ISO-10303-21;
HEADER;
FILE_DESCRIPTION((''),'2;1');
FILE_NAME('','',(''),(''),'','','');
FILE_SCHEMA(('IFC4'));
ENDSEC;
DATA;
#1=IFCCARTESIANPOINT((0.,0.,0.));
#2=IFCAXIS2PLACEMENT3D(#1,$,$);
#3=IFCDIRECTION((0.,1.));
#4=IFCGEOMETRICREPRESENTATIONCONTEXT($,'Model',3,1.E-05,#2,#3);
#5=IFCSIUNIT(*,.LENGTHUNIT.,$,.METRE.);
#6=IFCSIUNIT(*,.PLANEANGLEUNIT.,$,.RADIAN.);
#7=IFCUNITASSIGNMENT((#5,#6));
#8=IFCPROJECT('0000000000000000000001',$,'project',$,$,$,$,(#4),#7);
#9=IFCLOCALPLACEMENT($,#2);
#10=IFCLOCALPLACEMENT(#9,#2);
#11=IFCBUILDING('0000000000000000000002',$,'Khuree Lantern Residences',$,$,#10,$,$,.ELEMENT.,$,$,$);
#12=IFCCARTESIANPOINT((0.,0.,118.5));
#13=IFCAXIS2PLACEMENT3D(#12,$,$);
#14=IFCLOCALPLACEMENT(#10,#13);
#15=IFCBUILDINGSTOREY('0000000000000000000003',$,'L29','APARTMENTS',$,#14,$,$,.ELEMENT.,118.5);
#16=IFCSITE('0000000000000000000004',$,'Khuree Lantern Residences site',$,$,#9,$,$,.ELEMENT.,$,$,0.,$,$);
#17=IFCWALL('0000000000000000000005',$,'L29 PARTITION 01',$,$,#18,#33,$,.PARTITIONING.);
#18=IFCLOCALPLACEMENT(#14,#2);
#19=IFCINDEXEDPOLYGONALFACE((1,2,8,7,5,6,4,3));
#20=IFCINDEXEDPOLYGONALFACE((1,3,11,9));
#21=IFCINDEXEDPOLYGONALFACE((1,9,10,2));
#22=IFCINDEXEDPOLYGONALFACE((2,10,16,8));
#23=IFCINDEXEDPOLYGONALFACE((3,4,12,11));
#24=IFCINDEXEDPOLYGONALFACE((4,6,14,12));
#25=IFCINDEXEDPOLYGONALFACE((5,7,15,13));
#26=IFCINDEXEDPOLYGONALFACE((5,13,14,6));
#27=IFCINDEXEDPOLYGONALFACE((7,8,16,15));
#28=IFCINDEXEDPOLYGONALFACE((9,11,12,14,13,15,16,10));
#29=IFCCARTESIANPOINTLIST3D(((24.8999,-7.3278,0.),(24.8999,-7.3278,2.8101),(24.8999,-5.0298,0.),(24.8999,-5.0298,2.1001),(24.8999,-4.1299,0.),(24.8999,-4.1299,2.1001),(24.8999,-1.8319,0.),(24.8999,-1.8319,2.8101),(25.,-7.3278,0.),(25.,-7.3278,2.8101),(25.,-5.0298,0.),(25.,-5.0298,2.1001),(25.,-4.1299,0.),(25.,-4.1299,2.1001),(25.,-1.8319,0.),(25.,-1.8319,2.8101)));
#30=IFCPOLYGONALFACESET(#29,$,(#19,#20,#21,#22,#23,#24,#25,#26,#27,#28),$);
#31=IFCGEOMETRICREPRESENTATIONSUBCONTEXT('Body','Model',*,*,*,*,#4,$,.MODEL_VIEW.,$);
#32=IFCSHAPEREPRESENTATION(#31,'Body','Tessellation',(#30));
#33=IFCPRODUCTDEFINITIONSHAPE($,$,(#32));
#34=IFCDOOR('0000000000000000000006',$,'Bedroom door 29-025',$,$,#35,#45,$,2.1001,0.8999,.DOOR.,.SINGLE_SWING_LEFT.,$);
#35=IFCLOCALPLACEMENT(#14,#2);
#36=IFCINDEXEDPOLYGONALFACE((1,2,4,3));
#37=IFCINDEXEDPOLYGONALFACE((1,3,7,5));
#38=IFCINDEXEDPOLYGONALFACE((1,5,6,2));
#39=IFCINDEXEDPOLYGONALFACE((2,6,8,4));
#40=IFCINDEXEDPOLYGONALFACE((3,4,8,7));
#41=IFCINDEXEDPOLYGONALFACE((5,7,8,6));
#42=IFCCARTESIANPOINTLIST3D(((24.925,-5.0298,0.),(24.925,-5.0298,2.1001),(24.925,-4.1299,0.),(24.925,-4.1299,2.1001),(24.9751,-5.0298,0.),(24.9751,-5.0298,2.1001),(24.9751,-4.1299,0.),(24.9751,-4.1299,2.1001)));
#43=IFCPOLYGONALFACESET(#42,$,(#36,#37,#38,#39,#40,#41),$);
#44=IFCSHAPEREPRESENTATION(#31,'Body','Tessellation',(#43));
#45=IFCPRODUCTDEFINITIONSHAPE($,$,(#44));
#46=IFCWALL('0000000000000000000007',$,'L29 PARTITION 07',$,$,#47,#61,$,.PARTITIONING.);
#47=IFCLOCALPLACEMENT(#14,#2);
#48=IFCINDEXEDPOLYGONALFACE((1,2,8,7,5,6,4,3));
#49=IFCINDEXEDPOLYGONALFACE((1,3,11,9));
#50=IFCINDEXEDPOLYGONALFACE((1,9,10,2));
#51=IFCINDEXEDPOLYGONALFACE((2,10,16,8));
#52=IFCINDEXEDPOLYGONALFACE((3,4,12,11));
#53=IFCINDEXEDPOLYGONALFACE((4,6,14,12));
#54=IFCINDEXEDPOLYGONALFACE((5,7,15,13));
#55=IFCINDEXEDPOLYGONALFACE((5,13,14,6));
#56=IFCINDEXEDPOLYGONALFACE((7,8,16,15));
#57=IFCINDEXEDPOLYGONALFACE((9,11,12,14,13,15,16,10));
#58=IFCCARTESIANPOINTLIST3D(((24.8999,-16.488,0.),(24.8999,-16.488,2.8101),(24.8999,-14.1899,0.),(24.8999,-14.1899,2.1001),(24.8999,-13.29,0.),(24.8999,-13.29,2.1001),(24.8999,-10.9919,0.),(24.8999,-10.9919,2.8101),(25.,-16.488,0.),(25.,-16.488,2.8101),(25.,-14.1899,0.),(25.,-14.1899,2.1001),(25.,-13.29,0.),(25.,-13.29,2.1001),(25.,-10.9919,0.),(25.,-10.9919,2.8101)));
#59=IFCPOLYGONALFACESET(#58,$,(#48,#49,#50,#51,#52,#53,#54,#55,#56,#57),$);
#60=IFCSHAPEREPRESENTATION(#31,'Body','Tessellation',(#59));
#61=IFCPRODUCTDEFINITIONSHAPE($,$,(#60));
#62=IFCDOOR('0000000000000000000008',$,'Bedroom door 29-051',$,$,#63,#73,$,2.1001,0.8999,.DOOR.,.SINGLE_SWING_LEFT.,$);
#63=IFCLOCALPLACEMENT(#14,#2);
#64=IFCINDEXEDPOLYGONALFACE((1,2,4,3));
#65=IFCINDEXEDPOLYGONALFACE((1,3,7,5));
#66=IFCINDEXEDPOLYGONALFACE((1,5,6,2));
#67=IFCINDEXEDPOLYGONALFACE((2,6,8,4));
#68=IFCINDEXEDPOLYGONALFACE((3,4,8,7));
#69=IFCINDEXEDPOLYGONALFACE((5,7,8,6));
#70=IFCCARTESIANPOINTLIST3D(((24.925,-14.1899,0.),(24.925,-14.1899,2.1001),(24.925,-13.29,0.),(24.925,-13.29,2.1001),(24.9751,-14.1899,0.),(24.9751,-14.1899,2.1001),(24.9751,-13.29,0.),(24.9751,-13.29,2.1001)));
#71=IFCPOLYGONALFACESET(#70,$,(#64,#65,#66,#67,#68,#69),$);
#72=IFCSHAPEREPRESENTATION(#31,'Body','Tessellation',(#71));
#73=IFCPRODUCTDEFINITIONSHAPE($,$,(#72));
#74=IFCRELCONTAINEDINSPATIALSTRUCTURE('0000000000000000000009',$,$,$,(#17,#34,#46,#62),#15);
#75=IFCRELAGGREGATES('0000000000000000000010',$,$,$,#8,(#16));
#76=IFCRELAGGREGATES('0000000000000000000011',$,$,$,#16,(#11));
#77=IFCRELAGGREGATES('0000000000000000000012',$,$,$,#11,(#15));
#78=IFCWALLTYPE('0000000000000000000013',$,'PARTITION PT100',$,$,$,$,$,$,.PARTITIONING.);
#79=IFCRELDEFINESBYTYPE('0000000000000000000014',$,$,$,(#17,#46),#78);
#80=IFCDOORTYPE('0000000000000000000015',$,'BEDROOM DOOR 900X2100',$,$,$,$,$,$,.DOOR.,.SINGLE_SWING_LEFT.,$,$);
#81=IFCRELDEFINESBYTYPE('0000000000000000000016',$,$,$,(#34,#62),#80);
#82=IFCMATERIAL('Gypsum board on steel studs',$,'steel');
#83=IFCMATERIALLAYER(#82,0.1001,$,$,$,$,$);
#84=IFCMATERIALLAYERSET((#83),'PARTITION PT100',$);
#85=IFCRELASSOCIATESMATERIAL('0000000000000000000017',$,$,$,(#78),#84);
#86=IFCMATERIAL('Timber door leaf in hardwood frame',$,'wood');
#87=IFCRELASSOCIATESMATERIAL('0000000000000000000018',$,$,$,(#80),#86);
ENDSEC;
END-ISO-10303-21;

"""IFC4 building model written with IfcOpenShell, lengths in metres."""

from ifc_helpers import new_model, si_unit, direction, frame, frame_2d, origin, place, context, subcontext, project, spatial, rectangle, extrude, material, layer, layer_set, type_object, element, fill, save


model = new_model("IFC4")

# Units and contexts
model_context = context("Model", 3, precision=1e-05, world=origin(), true_north=direction((0.0, 1.0)))
body_context = subcontext(model_context, "Body", "Model", "MODEL_VIEW")
ifc_project = project(units=[si_unit("LENGTHUNIT", "METRE"), si_unit("PLANEANGLEUNIT", "RADIAN")], contexts=[model_context])

# Site, building, storey
site_placement = place(None, origin())
site = spatial("IfcSite", under=ifc_project, at=site_placement, Name="Khuree Lantern Residences site", CompositionType="ELEMENT", RefElevation=0.0)
building_placement = place(site_placement, origin())
building = spatial("IfcBuilding", under=site, at=building_placement, Name="Khuree Lantern Residences", CompositionType="ELEMENT")
storey_placement = place(building_placement, frame((0.0, 0.0, 118.5)))
storey = spatial("IfcBuildingStorey", under=building, at=storey_placement, Name="L29", Description="APARTMENTS", CompositionType="ELEMENT", Elevation=118.5)

# Shared definitions
ifc_material_1 = material(Name="Timber door leaf in hardwood frame", Category="wood")

# Shared definitions
ifc_material_2 = material(Name="Gypsum board on steel studs", Category="steel")
ifc_layer_1 = layer(ifc_material_2, 0.1001)
ifc_layer_set_1 = layer_set([ifc_layer_1], Name="PARTITION PT100")
wall_type_1 = type_object("IfcWallType", Name="PARTITION PT100", PredefinedType="PARTITIONING", material=ifc_layer_set_1)

# Walls, openings, doors
wall_1_placement = place(storey_placement, frame((24.95, -7.3279, 0.0), z_axis=(0.0, 0.0, 1.0), x_axis=(0.0, 1.0, 0.0)))
wall_1 = element("IfcWall", 1, at=wall_1_placement, inside=storey, type_object=wall_type_1, Name="L29 PARTITION 01", PredefinedType="PARTITIONING", context=body_context, shape_type="SweptSolid", body=[
    extrude(rectangle(XDim=5.4958, YDim=0.1001, at=frame_2d((2.748, 0.0))), origin(), (0.0, 0.0, 1.0), 2.8101),
])
opening_1_placement = place(wall_1_placement, frame((2.2981, 0.0, 0.0)))
opening_1 = element("IfcOpeningElement", 2, at=opening_1_placement, cuts=wall_1, PredefinedType="OPENING", context=body_context, shape_type="SweptSolid", body=[
    extrude(rectangle(XDim=0.8999, YDim=2.1001, at=frame_2d((0.45, 1.05))), frame((0.0, 0.0601, 0.0), z_axis=(0.0, -1.0, 0.0), x_axis=(1.0, 0.0, 0.0)), (0.0, 0.0, 1.0), 0.1201),
])
door_type_1 = type_object("IfcDoorType", Name="BEDROOM DOOR 900X2100", OperationType="SINGLE_SWING_LEFT", PredefinedType="DOOR", material=ifc_material_1)
door_1_placement = place(opening_1_placement, origin())
door_1 = element("IfcDoor", 3, at=door_1_placement, inside=storey, type_object=door_type_1, Name="Bedroom door 29-025", OperationType="SINGLE_SWING_LEFT", OverallHeight=2.1001, OverallWidth=0.8999, PredefinedType="DOOR", context=body_context, shape_type="SweptSolid", body=[
    extrude(rectangle(XDim=0.8999, YDim=2.1001, at=frame_2d((0.45, 1.05))), frame((0.0, 0.0249, 0.0), z_axis=(0.0, -1.0, 0.0), x_axis=(1.0, 0.0, 0.0)), (0.0, 0.0, 1.0), 0.05),
])
fill(opening_1, door_1)
wall_2_placement = place(storey_placement, frame((24.95, -16.488, 0.0), z_axis=(0.0, 0.0, 1.0), x_axis=(0.0, 1.0, 0.0)))
wall_2 = element("IfcWall", 4, at=wall_2_placement, inside=storey, type_object=wall_type_1, Name="L29 PARTITION 07", PredefinedType="PARTITIONING", context=body_context, shape_type="SweptSolid", body=[
    extrude(rectangle(XDim=5.4961, YDim=0.1001, at=frame_2d((2.748, 0.0))), origin(), (0.0, 0.0, 1.0), 2.8101),
])
opening_2_placement = place(wall_2_placement, frame((2.2981, 0.0, 0.0)))
opening_2 = element("IfcOpeningElement", 5, at=opening_2_placement, cuts=wall_2, PredefinedType="OPENING", context=body_context, shape_type="SweptSolid", body=[
    extrude(rectangle(XDim=0.8999, YDim=2.1001, at=frame_2d((0.45, 1.05))), frame((0.0, 0.0601, 0.0), z_axis=(0.0, -1.0, 0.0), x_axis=(1.0, 0.0, 0.0)), (0.0, 0.0, 1.0), 0.1201),
])
door_2_placement = place(opening_2_placement, origin())
door_2 = element("IfcDoor", 6, at=door_2_placement, inside=storey, type_object=door_type_1, Name="Bedroom door 29-051", OperationType="SINGLE_SWING_LEFT", OverallHeight=2.1001, OverallWidth=0.8999, PredefinedType="DOOR", context=body_context, shape_type="SweptSolid", body=[
    extrude(rectangle(XDim=0.8999, YDim=2.1001, at=frame_2d((0.45, 1.05))), frame((0.0, 0.0249, 0.0), z_axis=(0.0, -1.0, 0.0), x_axis=(1.0, 0.0, 0.0)), (0.0, 0.0, 1.0), 0.05),
])
fill(opening_2, door_2)

save(model, "model.ifc")
